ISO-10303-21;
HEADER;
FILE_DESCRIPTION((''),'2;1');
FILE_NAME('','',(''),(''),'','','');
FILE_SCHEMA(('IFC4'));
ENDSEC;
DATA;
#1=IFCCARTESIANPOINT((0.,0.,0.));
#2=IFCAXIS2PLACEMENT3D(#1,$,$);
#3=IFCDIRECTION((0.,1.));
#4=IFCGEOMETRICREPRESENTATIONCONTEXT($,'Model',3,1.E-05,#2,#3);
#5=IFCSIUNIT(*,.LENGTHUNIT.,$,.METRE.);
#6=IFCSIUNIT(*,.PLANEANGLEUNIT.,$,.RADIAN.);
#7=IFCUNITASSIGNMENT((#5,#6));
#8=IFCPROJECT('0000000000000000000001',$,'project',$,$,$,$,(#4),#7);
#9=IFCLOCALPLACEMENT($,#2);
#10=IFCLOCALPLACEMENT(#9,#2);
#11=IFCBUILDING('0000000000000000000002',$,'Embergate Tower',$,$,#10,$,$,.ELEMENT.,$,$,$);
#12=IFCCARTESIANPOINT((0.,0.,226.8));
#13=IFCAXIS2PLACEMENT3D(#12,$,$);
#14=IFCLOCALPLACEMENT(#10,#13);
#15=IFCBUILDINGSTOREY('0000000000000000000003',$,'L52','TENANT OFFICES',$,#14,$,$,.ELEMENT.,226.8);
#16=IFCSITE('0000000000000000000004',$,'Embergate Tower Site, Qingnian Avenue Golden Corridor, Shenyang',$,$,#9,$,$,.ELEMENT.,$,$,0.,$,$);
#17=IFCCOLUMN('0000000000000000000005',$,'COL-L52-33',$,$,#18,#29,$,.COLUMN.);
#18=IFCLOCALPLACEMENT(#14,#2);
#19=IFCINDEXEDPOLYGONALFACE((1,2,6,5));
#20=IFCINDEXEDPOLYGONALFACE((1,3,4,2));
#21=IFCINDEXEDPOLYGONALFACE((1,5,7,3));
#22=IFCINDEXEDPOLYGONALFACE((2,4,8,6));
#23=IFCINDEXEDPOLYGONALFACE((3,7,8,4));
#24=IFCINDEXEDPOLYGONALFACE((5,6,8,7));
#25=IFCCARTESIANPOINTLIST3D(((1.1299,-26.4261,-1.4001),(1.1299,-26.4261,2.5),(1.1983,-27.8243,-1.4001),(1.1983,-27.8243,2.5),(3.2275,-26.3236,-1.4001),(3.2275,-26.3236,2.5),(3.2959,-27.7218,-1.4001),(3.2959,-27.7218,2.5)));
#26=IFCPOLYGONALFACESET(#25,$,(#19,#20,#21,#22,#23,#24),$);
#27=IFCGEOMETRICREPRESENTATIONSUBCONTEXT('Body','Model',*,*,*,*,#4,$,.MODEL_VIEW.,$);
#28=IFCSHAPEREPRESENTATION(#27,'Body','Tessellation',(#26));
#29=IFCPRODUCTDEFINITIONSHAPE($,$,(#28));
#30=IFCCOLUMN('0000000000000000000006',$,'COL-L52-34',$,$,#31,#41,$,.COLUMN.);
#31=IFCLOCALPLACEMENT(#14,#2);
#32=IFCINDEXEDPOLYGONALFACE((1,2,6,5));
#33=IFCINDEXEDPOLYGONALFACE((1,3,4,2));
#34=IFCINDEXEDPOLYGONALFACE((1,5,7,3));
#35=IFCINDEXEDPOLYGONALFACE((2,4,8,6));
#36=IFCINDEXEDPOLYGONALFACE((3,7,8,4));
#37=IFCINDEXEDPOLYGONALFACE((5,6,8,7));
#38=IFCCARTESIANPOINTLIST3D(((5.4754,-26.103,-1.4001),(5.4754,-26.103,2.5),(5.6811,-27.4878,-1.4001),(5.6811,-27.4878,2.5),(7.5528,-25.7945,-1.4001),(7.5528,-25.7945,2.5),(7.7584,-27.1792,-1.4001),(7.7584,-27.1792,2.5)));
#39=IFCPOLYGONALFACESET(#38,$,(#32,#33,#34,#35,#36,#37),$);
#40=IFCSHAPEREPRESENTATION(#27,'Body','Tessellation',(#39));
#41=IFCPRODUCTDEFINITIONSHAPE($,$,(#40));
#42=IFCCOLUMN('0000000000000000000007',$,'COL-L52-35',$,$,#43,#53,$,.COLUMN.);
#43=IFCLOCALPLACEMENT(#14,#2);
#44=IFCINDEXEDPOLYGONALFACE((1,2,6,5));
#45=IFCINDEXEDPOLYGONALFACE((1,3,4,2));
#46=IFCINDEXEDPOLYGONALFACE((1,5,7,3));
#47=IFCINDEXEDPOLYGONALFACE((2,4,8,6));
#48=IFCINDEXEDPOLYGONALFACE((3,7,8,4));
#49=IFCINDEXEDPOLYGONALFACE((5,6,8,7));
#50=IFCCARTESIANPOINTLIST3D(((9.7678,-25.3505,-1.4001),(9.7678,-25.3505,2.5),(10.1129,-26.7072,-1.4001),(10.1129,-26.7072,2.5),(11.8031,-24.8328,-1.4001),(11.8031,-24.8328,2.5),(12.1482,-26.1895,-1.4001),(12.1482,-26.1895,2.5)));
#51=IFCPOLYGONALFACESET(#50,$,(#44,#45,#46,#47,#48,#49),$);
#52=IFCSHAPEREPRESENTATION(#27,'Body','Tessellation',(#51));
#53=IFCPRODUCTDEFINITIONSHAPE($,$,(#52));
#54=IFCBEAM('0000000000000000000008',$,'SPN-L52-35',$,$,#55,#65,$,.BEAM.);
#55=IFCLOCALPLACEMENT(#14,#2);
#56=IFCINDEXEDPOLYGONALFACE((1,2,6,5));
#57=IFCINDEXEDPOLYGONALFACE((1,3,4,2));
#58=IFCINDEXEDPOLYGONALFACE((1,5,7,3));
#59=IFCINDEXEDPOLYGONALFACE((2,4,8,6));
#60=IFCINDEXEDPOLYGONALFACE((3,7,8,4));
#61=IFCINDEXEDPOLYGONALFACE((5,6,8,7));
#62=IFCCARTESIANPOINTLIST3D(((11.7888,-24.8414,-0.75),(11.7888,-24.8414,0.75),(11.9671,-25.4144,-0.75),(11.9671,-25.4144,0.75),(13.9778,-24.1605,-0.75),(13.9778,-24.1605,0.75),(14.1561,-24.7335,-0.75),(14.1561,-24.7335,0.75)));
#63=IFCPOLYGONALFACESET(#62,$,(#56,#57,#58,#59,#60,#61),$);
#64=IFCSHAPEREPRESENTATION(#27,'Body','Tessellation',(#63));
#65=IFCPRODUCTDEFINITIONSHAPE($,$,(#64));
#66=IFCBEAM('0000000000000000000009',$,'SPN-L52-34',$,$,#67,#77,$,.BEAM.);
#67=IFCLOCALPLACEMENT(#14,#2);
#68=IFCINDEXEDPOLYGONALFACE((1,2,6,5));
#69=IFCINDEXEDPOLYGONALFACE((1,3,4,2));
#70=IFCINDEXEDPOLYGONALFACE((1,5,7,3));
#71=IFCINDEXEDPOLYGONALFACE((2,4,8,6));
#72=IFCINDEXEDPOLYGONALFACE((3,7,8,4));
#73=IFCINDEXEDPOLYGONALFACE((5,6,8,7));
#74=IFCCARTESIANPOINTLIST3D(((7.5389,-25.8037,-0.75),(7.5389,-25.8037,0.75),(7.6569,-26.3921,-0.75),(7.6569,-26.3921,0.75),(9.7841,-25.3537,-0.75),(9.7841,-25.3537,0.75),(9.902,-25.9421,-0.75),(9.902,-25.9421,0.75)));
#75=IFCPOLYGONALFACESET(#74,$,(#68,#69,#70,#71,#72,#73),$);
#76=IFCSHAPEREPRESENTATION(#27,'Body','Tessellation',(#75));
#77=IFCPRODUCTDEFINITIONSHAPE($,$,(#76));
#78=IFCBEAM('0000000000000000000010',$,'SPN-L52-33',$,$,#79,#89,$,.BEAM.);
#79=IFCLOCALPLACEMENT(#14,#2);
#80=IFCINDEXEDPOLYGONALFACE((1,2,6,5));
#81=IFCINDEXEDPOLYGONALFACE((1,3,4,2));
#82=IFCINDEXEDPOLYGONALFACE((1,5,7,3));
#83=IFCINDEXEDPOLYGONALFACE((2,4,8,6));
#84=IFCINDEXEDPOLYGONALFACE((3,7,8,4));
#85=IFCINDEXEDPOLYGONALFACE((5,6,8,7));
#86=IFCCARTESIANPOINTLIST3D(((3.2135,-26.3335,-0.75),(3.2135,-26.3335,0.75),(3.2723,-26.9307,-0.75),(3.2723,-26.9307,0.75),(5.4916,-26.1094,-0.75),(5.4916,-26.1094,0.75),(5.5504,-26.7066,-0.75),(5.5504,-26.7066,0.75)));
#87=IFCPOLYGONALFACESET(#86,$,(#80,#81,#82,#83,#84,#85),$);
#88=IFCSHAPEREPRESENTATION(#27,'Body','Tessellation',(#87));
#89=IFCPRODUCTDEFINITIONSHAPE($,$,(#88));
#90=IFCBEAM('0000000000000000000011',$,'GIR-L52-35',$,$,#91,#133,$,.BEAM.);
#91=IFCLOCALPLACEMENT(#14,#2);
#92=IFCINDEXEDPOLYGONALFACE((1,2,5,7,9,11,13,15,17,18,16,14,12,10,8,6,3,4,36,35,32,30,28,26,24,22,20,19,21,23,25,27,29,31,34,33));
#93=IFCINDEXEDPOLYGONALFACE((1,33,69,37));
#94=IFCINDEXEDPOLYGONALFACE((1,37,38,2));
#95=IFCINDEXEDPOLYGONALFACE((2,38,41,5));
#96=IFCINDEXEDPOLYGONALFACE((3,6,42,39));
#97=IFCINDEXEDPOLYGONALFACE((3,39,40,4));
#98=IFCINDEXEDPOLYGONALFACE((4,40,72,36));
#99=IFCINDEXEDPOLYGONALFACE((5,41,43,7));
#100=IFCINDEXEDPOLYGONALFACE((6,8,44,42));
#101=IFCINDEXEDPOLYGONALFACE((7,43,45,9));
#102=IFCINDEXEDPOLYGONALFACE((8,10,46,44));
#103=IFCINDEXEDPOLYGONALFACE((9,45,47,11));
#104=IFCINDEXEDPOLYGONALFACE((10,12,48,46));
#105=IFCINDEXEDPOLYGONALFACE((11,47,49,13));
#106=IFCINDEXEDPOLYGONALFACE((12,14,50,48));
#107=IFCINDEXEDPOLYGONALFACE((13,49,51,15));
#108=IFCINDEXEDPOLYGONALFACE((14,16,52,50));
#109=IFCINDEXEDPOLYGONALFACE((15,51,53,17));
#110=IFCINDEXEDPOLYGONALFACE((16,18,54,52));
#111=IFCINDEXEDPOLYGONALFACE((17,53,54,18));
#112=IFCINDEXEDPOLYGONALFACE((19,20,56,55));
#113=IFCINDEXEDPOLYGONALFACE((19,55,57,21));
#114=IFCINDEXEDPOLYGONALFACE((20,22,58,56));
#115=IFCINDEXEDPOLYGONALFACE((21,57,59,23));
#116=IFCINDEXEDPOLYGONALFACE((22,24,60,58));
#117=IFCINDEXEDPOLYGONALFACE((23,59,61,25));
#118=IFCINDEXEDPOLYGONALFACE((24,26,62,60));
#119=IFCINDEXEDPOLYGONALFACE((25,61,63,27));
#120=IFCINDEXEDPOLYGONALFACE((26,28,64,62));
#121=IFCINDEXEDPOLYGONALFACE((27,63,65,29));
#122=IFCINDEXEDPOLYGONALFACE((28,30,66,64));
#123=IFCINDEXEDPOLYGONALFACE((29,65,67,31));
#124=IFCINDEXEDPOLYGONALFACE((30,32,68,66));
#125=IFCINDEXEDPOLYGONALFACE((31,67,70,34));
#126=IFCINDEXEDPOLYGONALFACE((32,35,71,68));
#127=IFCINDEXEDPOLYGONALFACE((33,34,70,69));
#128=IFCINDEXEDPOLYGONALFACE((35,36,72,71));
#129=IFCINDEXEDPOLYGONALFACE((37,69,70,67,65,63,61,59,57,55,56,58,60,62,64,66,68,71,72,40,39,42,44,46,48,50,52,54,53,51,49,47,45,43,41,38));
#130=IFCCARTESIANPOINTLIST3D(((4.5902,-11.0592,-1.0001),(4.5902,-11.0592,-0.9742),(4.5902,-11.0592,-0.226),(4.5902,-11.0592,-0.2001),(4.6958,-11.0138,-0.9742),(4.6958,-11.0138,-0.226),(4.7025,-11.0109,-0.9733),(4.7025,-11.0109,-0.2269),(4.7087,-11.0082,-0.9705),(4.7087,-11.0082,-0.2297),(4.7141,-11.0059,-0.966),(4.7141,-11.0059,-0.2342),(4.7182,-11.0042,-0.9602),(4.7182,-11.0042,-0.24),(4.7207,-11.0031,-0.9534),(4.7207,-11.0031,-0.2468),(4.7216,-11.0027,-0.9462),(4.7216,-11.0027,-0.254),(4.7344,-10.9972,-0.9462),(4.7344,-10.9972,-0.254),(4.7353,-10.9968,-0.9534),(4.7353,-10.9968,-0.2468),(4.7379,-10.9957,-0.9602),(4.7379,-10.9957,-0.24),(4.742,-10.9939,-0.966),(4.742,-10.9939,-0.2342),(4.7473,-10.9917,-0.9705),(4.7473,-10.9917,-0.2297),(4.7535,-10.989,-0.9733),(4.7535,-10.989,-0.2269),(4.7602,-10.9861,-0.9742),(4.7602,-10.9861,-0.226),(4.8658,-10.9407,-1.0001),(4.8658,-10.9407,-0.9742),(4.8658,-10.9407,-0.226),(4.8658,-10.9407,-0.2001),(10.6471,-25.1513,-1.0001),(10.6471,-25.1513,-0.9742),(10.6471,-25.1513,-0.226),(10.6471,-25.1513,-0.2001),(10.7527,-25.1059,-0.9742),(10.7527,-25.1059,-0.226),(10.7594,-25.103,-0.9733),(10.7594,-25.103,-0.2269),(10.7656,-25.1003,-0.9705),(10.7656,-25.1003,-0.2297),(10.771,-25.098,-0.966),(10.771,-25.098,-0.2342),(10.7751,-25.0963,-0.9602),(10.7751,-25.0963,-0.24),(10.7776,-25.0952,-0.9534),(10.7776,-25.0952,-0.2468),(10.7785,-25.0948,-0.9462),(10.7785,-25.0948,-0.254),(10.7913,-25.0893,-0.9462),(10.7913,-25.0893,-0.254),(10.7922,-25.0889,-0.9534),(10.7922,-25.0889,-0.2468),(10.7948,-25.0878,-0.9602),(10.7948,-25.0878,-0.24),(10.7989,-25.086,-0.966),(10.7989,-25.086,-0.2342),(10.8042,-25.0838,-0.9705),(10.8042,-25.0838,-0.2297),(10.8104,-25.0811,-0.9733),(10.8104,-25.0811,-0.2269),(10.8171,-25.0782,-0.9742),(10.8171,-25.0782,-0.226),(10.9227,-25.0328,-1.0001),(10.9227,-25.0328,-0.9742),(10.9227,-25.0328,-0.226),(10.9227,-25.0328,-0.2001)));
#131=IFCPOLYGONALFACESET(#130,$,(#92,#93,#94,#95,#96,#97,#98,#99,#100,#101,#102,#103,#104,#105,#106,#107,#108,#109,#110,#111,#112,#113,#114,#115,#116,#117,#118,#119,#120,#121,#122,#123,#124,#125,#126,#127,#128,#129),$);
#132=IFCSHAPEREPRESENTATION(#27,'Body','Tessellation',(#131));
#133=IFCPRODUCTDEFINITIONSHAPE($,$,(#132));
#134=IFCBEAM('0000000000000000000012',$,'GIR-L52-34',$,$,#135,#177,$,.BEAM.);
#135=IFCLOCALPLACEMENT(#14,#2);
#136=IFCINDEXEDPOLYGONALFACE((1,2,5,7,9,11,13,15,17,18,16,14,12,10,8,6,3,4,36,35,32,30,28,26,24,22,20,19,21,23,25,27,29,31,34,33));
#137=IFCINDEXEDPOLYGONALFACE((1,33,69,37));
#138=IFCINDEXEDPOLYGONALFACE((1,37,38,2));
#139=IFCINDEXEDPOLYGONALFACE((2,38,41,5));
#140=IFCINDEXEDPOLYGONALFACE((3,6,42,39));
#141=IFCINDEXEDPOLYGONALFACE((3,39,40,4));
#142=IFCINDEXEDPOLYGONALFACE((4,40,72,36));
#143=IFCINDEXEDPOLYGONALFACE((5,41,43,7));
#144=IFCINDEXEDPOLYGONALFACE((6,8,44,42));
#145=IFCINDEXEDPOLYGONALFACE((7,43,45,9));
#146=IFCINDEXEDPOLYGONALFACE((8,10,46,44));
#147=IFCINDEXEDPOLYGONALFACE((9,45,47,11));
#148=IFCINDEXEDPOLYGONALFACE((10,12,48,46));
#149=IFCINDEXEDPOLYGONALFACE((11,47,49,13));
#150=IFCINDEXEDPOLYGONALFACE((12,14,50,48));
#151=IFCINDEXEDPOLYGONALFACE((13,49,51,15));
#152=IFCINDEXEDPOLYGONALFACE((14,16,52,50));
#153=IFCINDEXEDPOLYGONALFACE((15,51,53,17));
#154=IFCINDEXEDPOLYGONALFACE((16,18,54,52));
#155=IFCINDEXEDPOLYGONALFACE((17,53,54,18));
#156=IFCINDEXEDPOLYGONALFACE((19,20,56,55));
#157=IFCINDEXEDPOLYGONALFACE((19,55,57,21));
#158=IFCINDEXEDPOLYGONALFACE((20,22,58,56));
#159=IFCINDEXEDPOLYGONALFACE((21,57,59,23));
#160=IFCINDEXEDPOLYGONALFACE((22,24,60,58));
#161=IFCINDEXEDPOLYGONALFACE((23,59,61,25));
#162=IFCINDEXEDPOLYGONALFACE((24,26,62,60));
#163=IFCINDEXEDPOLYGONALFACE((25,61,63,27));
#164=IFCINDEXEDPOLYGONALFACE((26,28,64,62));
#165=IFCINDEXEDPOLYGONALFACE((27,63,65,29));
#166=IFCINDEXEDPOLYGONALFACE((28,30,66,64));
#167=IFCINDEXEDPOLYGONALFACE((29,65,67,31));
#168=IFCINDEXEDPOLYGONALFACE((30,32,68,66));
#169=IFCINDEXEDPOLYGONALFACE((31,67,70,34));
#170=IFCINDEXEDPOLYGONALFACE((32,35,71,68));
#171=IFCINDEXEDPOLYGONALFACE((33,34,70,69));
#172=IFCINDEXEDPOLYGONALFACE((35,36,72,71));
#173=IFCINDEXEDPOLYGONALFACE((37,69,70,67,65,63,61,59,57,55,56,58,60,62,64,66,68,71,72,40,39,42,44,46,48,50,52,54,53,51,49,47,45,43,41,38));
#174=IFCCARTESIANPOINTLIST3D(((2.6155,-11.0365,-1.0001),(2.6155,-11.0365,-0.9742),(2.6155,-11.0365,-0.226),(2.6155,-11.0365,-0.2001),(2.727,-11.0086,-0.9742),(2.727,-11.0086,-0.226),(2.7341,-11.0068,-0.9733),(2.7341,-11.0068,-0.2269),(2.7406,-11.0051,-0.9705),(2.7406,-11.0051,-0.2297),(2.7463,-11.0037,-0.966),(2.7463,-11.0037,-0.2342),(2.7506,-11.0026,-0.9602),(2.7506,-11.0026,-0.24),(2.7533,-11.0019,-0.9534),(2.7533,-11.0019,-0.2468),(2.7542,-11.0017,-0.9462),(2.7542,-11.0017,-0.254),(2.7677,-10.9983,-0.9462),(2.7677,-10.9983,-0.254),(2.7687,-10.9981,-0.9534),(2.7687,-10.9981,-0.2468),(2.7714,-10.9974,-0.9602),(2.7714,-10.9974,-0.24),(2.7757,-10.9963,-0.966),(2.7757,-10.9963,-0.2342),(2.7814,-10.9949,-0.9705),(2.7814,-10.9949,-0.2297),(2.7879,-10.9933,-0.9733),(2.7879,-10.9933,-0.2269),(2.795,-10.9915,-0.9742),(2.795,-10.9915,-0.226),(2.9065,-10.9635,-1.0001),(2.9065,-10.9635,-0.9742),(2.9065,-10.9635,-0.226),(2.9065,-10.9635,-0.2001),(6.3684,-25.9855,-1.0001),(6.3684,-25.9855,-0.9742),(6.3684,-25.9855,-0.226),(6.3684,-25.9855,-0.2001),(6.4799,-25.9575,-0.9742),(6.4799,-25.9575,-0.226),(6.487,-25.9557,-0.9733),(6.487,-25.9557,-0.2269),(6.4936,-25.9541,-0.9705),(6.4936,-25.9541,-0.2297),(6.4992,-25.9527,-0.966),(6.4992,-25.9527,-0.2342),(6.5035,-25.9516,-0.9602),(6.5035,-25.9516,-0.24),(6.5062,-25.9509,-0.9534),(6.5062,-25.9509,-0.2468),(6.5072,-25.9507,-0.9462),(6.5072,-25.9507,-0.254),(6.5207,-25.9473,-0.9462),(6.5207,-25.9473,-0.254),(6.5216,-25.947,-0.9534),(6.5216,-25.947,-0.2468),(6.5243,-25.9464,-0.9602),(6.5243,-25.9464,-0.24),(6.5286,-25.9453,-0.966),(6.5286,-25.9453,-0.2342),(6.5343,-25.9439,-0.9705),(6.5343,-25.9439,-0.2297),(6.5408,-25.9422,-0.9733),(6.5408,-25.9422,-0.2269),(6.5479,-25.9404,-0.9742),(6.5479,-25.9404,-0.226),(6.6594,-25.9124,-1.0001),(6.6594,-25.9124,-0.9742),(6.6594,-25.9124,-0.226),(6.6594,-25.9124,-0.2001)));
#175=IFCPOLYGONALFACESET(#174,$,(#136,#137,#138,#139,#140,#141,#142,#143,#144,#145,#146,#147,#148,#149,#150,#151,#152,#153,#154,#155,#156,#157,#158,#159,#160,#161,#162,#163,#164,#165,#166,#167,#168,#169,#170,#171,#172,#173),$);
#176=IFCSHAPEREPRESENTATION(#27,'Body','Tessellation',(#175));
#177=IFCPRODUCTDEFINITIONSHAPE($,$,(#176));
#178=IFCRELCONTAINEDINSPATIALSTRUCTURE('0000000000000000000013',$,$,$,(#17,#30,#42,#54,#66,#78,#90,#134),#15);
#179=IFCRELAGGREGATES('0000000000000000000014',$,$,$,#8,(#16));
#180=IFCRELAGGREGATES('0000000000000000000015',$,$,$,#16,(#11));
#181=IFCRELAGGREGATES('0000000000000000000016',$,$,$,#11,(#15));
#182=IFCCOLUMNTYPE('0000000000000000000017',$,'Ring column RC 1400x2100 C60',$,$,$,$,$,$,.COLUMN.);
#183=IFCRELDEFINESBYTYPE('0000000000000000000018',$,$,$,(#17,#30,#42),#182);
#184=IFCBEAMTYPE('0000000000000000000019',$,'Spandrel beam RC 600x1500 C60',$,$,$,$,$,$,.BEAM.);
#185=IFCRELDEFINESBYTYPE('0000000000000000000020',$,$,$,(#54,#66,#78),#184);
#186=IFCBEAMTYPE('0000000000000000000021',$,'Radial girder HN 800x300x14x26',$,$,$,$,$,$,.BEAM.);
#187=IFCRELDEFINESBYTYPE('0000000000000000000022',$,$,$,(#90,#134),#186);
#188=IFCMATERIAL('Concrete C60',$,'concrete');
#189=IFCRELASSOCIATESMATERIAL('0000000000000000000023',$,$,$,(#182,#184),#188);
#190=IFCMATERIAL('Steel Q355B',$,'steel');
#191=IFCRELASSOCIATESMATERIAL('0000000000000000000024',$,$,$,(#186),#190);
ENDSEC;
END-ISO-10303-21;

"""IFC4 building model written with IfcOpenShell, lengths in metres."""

from ifc_helpers import new_model, si_unit, direction, frame, origin, origin_2d, place, context, subcontext, project, spatial, rectangle, i_section, extrude, source, transform, mapped, material, material_profile, profile_set, type_object, element, save


model = new_model("IFC4")

# Units and contexts
model_context = context("Model", 3, precision=1e-05, world=origin(), true_north=direction((0.0, 1.0)))
body_context = subcontext(model_context, "Body", "Model", "MODEL_VIEW")
ifc_project = project(units=[si_unit("LENGTHUNIT", "METRE"), si_unit("PLANEANGLEUNIT", "RADIAN")], contexts=[model_context])

# Site, building, storey
site_placement = place(None, origin())
site = spatial("IfcSite", under=ifc_project, at=site_placement, Name="Embergate Tower Site, Qingnian Avenue Golden Corridor, Shenyang", CompositionType="ELEMENT", RefElevation=0.0)
building_placement = place(site_placement, origin())
building = spatial("IfcBuilding", under=site, at=building_placement, Name="Embergate Tower", CompositionType="ELEMENT")
storey_placement = place(building_placement, frame((0.0, 0.0, 226.8)))
storey = spatial("IfcBuildingStorey", under=building, at=storey_placement, Name="L52", Description="TENANT OFFICES", CompositionType="ELEMENT", Elevation=226.8)

# Columns
ifc_material_1 = material(Name="Concrete C60", Category="concrete")
ifc_material_profile_1 = material_profile(ifc_material_1, rectangle(XDim=1.3999, YDim=2.1001, at=origin_2d()), Name="RC 1400x2100")
ifc_profile_set_1 = profile_set([ifc_material_profile_1], Name="Concrete C60")
column_type = type_object("IfcColumnType", Name="Ring column RC 1400x2100 C60", PredefinedType="COLUMN", material=ifc_profile_set_1)
shared_shape_1 = source(origin(), body_context, "Body", "SweptSolid", [
    extrude(rectangle(XDim=1.3999, YDim=2.1001, at=origin_2d()), origin(), (0.0, 0.0, 1.0), 3.9001),
])
for number, where, z_axis, x_axis, name in (
    (1, (2.2129, -27.074, -1.4001), (0.0, 0.0, 1.0), (0.048815, -0.998808, 0.0), "COL-L52-33"),
    (2, (6.6169, -26.6411, -1.4001), (0.0, 0.0, 1.0), (0.146929, -0.989147, 0.0), "COL-L52-34"),
    (3, (10.958, -25.77, -1.4001), (0.0, 0.0, 1.0), (0.246509, -0.969141, 0.0), "COL-L52-35"),
):
    element("IfcColumn", number, at=place(storey_placement, frame(where, z_axis=z_axis, x_axis=x_axis)), inside=storey, type_object=column_type, Name=name, PredefinedType="COLUMN", context=body_context, shape_type="MappedRepresentation", body=[
        mapped(shared_shape_1, transform((0.0, 0.0, 0.0))),
    ])

# Beams
ifc_material_profile_2 = material_profile(ifc_material_1, rectangle(XDim=0.6001, YDim=1.5, at=origin_2d()), Name="RC 600x1500")
ifc_profile_set_2 = profile_set([ifc_material_profile_2], Name="Concrete C60")
beam_type_1 = type_object("IfcBeamType", Name="Spandrel beam RC 600x1500 C60", PredefinedType="BEAM", material=ifc_profile_set_2)
shared_shape_2 = source(origin(), body_context, "Body", "SweptSolid", [
    extrude(rectangle(XDim=0.6001, YDim=1.5, at=origin_2d()), origin(), (0.0, 0.0, 1.0), 2.2925),
])
beam_1_placement = place(storey_placement, frame((11.8779, -25.1279, 0.0), z_axis=(0.95487, 0.297026, 0.0), x_axis=(-0.297026, 0.95487, 0.0)))
element("IfcBeam", 4, at=beam_1_placement, inside=storey, type_object=beam_type_1, Name="SPN-L52-35", PredefinedType="BEAM", context=body_context, shape_type="MappedRepresentation", body=[
    mapped(shared_shape_2, transform((0.0, 0.0, 0.0))),
])
shared_shape_3 = source(origin(), body_context, "Body", "SweptSolid", [
    extrude(rectangle(XDim=0.6001, YDim=1.5, at=origin_2d()), origin(), (0.0, 0.0, 1.0), 2.2898),
])
beam_2_placement = place(storey_placement, frame((7.5979, -26.0979, 0.0), z_axis=(0.980503, 0.196506, 0.0), x_axis=(-0.196506, 0.980503, 0.0)))
element("IfcBeam", 5, at=beam_2_placement, inside=storey, type_object=beam_type_1, Name="SPN-L52-34", PredefinedType="BEAM", context=body_context, shape_type="MappedRepresentation", body=[
    mapped(shared_shape_3, transform((0.0, 0.0, 0.0))),
])
shared_shape_4 = source(origin(), body_context, "Body", "SweptSolid", [
    extrude(rectangle(XDim=0.6001, YDim=1.5, at=origin_2d()), origin(), (0.0, 0.0, 1.0), 2.2891),
])
beam_3_placement = place(storey_placement, frame((3.2429, -26.6321, 0.0), z_axis=(0.995195, 0.097909, 0.0), x_axis=(-0.097909, 0.995195, 0.0)))
element("IfcBeam", 6, at=beam_3_placement, inside=storey, type_object=beam_type_1, Name="SPN-L52-33", PredefinedType="BEAM", context=body_context, shape_type="MappedRepresentation", body=[
    mapped(shared_shape_4, transform((0.0, 0.0, 0.0))),
])
ifc_material_2 = material(Name="Steel Q355B", Category="steel")
ifc_material_profile_3 = material_profile(ifc_material_2, i_section(OverallWidth=0.3, OverallDepth=0.8, WebThickness=0.0139, FlangeThickness=0.0259, FilletRadius=0.0281, at=origin_2d()), Name="HN 800x300x14x26")
ifc_profile_set_3 = profile_set([ifc_material_profile_3], Name="Steel Q355 grade B")
beam_type_2 = type_object("IfcBeamType", Name="Radial girder HN 800x300x14x26", PredefinedType="BEAM", material=ifc_profile_set_3)
shared_shape_5 = source(origin(), body_context, "Body", "SweptSolid", [
    extrude(i_section(OverallWidth=0.3, OverallDepth=0.8, WebThickness=0.0139, FlangeThickness=0.0259, FilletRadius=0.0281, at=origin_2d()), origin(), (0.0, 0.0, 1.0), 15.3386),
])
beam_4_placement = place(storey_placement, frame((10.7849, -25.092, -0.6001), z_axis=(-0.39488, 0.918733, 0.0), x_axis=(-0.918733, -0.39488, 0.0)))
element("IfcBeam", 7, at=beam_4_placement, inside=storey, type_object=beam_type_2, Name="GIR-L52-35", PredefinedType="BEAM", context=body_context, shape_type="MappedRepresentation", body=[
    mapped(shared_shape_5, transform((0.0, 0.0, 0.0))),
])
shared_shape_6 = source(origin(), body_context, "Body", "SweptSolid", [
    extrude(i_section(OverallWidth=0.3, OverallDepth=0.8, WebThickness=0.0139, FlangeThickness=0.0259, FilletRadius=0.0281, at=origin_2d()), origin(), (0.0, 0.0, 1.0), 15.4128),
])
beam_5_placement = place(storey_placement, frame((6.5139, -25.949, -0.6001), z_axis=(-0.243493, 0.969903, 0.0), x_axis=(-0.969903, -0.243493, 0.0)))
element("IfcBeam", 8, at=beam_5_placement, inside=storey, type_object=beam_type_2, Name="GIR-L52-34", PredefinedType="BEAM", context=body_context, shape_type="MappedRepresentation", body=[
    mapped(shared_shape_6, transform((0.0, 0.0, 0.0))),
])

save(model, "model.ifc")
